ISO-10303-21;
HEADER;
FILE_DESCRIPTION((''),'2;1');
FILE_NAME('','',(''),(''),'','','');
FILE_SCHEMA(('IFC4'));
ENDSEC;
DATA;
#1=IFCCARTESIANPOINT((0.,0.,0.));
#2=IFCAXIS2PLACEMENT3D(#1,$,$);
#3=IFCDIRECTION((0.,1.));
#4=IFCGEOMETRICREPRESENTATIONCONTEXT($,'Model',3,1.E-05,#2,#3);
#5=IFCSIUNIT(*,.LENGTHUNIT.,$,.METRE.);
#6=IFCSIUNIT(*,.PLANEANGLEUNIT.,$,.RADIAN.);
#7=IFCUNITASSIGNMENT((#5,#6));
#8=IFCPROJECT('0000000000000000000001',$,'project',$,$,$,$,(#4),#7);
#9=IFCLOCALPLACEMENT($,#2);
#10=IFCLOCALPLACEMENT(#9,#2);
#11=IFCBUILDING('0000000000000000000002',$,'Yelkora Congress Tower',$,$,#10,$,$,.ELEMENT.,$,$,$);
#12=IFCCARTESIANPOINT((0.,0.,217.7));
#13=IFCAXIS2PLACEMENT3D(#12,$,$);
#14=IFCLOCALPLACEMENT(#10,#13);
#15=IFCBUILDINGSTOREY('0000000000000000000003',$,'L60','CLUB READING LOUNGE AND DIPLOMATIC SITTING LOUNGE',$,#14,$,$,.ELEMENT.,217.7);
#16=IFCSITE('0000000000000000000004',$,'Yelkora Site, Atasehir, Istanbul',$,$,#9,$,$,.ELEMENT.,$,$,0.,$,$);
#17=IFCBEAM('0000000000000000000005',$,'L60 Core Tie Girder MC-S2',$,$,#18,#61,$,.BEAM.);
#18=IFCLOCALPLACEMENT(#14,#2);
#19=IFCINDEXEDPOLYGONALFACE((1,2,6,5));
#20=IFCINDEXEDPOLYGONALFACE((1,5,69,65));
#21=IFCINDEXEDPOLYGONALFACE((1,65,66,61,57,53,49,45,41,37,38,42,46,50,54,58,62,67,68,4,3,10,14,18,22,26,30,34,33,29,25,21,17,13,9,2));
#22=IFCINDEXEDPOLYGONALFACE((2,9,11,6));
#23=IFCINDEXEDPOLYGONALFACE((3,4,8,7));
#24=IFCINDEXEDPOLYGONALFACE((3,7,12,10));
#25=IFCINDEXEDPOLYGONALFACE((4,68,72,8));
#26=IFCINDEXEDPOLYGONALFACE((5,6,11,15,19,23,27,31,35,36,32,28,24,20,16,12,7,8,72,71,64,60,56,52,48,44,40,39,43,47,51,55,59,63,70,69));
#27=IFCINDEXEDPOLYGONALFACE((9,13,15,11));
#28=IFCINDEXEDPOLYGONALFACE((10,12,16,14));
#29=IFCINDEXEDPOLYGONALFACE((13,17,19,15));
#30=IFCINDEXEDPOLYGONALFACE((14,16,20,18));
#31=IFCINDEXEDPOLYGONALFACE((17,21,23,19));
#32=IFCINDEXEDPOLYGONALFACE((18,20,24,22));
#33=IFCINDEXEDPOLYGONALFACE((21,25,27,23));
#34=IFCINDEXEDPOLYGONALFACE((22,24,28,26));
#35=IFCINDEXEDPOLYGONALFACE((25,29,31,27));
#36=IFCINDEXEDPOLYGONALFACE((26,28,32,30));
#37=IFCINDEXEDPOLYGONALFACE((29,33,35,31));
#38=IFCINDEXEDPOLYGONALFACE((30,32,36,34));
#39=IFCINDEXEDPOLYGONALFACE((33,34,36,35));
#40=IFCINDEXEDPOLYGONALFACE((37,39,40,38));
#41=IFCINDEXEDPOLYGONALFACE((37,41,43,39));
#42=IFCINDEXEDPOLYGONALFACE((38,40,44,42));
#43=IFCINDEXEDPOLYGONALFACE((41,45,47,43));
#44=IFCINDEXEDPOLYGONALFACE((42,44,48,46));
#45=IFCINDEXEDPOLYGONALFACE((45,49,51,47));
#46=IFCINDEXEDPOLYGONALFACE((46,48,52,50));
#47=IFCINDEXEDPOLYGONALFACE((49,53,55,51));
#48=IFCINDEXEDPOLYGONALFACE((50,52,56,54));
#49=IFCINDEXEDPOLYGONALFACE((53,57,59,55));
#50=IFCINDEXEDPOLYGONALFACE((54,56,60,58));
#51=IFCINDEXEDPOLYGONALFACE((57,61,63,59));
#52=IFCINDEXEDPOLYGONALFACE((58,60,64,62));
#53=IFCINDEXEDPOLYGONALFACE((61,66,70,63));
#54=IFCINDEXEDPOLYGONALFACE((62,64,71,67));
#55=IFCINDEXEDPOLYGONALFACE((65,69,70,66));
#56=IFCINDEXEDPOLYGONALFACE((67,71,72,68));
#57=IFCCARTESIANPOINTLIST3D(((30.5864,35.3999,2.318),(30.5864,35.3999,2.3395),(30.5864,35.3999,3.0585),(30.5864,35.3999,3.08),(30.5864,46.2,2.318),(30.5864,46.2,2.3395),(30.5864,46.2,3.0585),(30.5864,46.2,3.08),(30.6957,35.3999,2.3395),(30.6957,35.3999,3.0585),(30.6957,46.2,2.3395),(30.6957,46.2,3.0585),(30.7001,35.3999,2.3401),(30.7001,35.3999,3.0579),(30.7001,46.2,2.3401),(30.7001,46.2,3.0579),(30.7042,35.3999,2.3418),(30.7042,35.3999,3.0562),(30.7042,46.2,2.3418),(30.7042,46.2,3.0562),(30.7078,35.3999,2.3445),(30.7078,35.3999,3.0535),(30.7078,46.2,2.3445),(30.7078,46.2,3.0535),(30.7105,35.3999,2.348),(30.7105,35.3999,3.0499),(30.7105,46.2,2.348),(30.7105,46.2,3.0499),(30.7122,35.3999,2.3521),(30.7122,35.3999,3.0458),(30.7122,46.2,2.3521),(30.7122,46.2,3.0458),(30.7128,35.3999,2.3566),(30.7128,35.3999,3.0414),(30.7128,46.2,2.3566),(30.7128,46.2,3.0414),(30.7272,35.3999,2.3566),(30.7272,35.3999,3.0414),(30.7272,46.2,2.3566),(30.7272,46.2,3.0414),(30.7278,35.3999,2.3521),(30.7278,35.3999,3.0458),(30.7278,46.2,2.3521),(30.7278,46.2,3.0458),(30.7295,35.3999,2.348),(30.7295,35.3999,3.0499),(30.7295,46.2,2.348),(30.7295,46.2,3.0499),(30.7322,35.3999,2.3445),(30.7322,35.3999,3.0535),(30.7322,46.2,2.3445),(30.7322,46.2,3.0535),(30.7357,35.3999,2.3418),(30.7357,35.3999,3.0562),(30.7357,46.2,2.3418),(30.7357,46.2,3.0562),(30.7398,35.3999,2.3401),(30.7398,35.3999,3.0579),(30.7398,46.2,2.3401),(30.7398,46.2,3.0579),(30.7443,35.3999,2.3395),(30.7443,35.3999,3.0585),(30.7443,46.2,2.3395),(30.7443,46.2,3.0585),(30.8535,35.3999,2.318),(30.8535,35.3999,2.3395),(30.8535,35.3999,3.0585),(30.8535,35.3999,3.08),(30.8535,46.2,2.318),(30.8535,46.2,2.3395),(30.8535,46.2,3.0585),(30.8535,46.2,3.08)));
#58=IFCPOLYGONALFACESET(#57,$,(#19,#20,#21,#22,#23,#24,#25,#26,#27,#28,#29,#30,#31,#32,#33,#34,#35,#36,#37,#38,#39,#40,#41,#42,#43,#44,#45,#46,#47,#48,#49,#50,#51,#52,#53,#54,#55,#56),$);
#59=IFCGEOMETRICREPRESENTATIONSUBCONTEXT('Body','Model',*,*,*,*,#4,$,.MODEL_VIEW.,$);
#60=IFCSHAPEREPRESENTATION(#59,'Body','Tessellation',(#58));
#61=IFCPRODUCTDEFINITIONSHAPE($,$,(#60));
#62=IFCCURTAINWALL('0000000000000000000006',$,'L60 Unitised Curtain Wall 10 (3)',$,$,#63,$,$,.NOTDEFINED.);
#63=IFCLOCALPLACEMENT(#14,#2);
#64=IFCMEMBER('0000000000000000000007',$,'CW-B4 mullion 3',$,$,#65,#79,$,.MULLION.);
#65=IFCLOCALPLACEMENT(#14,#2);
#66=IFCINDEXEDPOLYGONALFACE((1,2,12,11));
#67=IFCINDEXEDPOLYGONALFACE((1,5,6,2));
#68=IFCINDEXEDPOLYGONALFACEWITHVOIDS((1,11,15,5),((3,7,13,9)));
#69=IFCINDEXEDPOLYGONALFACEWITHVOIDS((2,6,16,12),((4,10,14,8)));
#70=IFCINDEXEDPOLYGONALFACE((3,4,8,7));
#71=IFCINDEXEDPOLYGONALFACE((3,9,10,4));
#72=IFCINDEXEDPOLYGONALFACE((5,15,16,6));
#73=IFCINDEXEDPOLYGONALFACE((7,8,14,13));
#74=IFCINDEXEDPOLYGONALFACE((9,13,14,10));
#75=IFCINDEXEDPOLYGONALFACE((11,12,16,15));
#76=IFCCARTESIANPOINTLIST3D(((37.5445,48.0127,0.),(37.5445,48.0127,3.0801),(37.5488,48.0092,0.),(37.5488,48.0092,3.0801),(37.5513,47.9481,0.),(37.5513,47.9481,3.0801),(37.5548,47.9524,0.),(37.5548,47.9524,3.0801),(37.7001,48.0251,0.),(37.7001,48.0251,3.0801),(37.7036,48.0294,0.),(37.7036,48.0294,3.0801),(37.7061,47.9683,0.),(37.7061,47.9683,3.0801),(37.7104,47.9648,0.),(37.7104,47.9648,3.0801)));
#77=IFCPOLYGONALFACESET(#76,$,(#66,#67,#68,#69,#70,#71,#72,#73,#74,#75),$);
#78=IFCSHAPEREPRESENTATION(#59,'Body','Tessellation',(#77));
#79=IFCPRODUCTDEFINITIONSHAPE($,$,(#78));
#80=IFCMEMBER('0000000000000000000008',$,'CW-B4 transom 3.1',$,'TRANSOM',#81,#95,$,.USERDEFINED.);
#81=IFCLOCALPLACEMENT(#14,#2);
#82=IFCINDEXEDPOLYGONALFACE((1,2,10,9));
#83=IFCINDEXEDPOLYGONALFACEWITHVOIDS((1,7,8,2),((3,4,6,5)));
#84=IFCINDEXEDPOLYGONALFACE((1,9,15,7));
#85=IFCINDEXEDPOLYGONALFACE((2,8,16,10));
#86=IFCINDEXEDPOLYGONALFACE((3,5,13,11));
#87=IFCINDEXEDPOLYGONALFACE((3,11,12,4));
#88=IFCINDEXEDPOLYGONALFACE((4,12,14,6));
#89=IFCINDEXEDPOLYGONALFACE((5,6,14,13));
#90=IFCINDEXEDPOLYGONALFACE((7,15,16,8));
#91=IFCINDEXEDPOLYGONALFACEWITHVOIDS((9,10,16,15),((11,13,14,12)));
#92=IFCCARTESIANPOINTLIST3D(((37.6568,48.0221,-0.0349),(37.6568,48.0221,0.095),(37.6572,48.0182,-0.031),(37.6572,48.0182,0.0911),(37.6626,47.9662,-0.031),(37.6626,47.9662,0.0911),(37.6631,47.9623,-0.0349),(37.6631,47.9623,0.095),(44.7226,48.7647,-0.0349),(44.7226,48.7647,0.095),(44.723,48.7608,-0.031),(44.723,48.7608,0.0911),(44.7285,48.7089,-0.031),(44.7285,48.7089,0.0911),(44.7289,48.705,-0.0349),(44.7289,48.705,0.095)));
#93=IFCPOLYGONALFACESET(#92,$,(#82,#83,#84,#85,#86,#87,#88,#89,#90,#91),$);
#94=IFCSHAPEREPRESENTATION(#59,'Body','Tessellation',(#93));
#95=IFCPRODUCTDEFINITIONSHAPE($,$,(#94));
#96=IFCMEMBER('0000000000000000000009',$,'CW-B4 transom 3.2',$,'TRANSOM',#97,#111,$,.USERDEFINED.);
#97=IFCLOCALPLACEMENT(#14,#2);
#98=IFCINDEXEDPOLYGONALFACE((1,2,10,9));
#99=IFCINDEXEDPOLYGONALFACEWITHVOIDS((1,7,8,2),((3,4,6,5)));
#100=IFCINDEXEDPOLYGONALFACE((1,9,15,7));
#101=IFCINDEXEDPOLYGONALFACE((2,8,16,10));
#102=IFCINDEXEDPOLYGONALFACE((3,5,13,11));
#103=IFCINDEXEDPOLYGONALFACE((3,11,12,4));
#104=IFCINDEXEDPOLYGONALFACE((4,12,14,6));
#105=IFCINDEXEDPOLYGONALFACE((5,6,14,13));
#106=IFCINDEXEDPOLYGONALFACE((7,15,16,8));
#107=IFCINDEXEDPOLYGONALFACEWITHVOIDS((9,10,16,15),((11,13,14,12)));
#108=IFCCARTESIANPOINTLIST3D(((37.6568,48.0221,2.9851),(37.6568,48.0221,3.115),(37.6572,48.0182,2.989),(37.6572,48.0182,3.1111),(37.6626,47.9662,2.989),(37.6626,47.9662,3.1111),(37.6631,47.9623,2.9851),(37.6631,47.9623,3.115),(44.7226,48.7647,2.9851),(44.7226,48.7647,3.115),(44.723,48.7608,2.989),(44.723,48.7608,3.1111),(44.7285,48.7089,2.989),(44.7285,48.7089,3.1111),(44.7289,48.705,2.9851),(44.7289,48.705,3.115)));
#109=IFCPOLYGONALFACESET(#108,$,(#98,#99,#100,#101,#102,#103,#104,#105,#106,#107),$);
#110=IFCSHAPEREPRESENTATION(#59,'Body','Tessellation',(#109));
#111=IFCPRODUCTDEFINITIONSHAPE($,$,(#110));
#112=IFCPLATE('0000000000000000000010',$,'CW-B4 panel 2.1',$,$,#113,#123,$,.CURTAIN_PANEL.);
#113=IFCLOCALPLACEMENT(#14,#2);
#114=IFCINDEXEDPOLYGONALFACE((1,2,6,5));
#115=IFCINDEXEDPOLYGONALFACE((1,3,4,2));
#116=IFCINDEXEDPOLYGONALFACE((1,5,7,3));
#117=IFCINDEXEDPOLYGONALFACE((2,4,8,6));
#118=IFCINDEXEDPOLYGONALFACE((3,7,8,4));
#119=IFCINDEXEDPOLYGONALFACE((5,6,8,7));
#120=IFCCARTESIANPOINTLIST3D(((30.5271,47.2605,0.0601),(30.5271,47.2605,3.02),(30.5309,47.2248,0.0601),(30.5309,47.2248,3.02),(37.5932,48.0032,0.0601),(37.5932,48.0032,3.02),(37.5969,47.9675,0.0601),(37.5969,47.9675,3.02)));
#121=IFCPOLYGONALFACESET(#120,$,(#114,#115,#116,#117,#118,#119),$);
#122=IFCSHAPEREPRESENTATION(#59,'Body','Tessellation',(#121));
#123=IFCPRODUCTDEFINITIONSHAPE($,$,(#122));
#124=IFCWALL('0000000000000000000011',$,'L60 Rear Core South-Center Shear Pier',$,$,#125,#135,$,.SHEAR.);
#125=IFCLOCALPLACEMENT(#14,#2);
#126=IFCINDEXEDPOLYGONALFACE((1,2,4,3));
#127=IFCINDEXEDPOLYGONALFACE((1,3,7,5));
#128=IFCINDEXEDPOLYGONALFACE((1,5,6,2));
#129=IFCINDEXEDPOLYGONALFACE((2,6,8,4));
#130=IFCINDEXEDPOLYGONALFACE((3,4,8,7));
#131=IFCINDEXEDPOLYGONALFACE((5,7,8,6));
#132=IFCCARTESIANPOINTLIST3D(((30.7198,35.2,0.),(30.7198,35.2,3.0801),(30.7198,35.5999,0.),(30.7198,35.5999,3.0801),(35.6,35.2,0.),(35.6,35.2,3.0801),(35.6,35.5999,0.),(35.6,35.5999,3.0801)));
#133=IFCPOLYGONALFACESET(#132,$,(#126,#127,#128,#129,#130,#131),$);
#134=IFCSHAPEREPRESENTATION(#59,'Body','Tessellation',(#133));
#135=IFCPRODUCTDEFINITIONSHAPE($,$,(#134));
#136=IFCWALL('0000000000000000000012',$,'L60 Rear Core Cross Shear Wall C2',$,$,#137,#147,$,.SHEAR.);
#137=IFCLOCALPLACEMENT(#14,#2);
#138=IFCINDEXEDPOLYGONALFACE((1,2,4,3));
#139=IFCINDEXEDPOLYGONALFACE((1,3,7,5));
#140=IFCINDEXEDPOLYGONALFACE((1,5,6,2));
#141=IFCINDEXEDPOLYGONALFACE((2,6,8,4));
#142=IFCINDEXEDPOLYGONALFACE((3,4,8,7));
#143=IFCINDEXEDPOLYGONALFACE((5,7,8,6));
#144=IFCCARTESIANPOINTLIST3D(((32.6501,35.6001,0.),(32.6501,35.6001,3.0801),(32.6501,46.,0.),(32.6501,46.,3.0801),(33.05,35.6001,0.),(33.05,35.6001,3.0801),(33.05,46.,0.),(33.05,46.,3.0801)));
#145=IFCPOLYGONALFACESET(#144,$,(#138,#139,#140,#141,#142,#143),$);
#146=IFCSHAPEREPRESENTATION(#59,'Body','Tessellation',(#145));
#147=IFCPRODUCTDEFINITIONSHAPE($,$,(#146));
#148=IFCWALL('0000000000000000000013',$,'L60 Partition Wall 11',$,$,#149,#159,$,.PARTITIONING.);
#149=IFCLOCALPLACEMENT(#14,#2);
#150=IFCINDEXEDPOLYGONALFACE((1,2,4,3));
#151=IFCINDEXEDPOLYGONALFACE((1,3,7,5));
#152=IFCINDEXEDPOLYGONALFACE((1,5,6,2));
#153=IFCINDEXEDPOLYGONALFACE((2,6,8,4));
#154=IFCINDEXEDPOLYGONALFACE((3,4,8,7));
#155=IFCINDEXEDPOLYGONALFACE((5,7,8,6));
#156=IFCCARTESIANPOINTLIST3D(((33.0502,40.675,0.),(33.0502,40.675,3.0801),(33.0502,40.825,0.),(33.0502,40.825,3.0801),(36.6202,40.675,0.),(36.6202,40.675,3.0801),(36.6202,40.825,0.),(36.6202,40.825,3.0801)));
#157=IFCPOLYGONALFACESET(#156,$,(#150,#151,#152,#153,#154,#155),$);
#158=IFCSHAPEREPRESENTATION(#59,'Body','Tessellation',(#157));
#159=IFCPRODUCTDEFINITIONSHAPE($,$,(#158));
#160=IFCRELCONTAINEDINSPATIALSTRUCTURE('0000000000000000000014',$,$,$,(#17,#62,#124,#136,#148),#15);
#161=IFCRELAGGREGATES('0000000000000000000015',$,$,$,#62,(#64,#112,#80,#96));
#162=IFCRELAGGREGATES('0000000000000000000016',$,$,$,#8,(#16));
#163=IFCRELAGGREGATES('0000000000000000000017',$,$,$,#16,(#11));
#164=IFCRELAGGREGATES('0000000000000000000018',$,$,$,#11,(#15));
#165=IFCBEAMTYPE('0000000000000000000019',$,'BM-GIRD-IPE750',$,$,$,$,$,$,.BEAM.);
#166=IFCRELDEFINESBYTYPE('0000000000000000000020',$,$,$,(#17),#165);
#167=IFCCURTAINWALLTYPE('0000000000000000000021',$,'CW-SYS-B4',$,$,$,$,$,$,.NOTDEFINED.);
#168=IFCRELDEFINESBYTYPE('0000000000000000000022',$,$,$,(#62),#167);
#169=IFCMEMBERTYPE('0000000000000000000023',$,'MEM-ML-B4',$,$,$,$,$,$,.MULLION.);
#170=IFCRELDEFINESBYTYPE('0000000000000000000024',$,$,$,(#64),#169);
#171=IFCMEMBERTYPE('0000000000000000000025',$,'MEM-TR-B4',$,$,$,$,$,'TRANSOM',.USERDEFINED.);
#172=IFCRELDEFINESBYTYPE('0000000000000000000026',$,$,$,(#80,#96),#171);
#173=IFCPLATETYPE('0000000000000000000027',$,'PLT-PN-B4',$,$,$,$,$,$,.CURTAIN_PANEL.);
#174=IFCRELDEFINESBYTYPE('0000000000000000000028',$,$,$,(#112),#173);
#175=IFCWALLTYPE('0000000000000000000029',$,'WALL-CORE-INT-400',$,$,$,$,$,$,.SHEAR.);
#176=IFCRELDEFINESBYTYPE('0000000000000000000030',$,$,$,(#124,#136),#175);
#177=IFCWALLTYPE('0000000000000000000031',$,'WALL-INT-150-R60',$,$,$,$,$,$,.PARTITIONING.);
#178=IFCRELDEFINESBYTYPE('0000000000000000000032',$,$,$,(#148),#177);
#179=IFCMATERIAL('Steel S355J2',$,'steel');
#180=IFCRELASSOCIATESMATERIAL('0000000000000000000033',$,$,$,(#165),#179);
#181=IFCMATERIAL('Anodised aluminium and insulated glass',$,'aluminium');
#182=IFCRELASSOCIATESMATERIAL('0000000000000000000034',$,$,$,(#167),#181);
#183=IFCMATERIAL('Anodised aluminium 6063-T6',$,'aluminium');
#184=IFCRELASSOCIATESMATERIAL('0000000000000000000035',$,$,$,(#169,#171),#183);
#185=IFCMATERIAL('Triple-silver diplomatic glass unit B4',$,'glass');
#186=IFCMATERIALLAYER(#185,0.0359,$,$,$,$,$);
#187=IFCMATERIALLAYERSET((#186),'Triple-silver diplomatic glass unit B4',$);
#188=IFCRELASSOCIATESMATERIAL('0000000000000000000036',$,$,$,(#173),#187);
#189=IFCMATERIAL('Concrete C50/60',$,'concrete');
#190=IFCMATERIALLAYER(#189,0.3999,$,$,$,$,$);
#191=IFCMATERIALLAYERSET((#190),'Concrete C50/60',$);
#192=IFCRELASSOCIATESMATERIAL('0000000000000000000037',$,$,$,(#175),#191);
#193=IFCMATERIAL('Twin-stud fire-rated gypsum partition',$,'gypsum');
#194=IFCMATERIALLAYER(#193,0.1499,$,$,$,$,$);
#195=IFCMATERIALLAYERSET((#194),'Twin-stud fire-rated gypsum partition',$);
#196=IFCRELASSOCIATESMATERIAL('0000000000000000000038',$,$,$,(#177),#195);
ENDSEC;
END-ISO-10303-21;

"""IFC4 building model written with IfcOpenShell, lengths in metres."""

from ifc_helpers import new_model, si_unit, direction, frame, frame_2d, origin, origin_2d, place, context, subcontext, project, spatial, rectangle, hollow_rectangle, i_section, extrude, material, layer, layer_set, material_profile, profile_set, type_object, element, aggregate, save


model = new_model("IFC4")

# Units and contexts
model_context = context("Model", 3, precision=1e-05, world=origin(), true_north=direction((0.0, 1.0)))
body_context = subcontext(model_context, "Body", "Model", "MODEL_VIEW")
ifc_project = project(units=[si_unit("LENGTHUNIT", "METRE"), si_unit("PLANEANGLEUNIT", "RADIAN")], contexts=[model_context])

# Site, building, storey
site_placement = place(None, origin())
site = spatial("IfcSite", under=ifc_project, at=site_placement, Name="Yelkora Site, Atasehir, Istanbul", CompositionType="ELEMENT", RefElevation=0.0)
building_placement = place(site_placement, origin())
building = spatial("IfcBuilding", under=site, at=building_placement, Name="Yelkora Congress Tower", CompositionType="ELEMENT")
storey_placement = place(building_placement, frame((0.0, 0.0, 217.7)))
storey = spatial("IfcBuildingStorey", under=building, at=storey_placement, Name="L60", Description="CLUB READING LOUNGE AND DIPLOMATIC SITTING LOUNGE", CompositionType="ELEMENT", Elevation=217.7)

# Beam
ifc_material_1 = material(Name="Steel S355J2", Category="steel")
ifc_material_profile_1 = material_profile(ifc_material_1, i_section(OverallWidth=0.2671, OverallDepth=0.762, WebThickness=0.0144, FlangeThickness=0.0215, FilletRadius=0.0171, at=origin_2d()), Name="IPE 750x173")
ifc_profile_set_1 = profile_set([ifc_material_profile_1], Name="Steel S355J2")
beam_type = type_object("IfcBeamType", Name="BM-GIRD-IPE750", PredefinedType="BEAM", material=ifc_profile_set_1)
beam_1_placement = place(storey_placement, frame((30.72, 35.3999, 2.699), z_axis=(0.0, 1.0, 0.0), x_axis=(-1.0, 0.0, 0.0)))
element("IfcBeam", 1, at=beam_1_placement, inside=storey, type_object=beam_type, Name="L60 Core Tie Girder MC-S2", PredefinedType="BEAM", context=body_context, shape_type="SweptSolid", body=[
    extrude(i_section(OverallWidth=0.2671, OverallDepth=0.762, WebThickness=0.0144, FlangeThickness=0.0215, FilletRadius=0.0171, at=origin_2d()), origin(), (0.0, 0.0, 1.0), 10.8),
])

# Curtain wall, members, plate
ifc_material_2 = material(Name="Anodised aluminium and insulated glass", Category="aluminium")
curtain_wall_type = type_object("IfcCurtainWallType", Name="CW-SYS-B4", PredefinedType="NOTDEFINED", material=ifc_material_2)
curtain_wall_placement = place(storey_placement, origin())
curtain_wall = element("IfcCurtainWall", 2, at=curtain_wall_placement, inside=storey, type_object=curtain_wall_type, Name="L60 Unitised Curtain Wall 10 (3)", PredefinedType="NOTDEFINED")
ifc_material_3 = material(Name="Anodised aluminium 6063-T6", Category="aluminium")
ifc_material_profile_2 = material_profile(ifc_material_3, hollow_rectangle(XDim=0.0649, YDim=0.1599, WallThickness=0.0039, at=origin_2d()), Name="ALU 65x160x4")
ifc_profile_set_2 = profile_set([ifc_material_profile_2], Name="Anodised aluminium 6063-T6")
member_type_1 = type_object("IfcMemberType", Name="MEM-ML-B4", PredefinedType="MULLION", material=ifc_profile_set_2)
member_1_placement = place(storey_placement, frame((37.6274, 47.9888, 0.0), z_axis=(0.0, 0.0, 1.0), x_axis=(-0.104528, 0.994522, 0.0)))
member_1 = element("IfcMember", 3, at=member_1_placement, type_object=member_type_1, Name="CW-B4 mullion 3", PredefinedType="MULLION", context=body_context, shape_type="SweptSolid", body=[
    extrude(hollow_rectangle(XDim=0.0649, YDim=0.1599, WallThickness=0.0039, at=origin_2d()), origin(), (0.0, 0.0, 1.0), 3.0801),
])
ifc_material_profile_3 = material_profile(ifc_material_3, hollow_rectangle(XDim=0.0601, YDim=0.1299, WallThickness=0.0039, at=origin_2d()), Name="ALU 60x130x4")
ifc_profile_set_3 = profile_set([ifc_material_profile_3], Name="Anodised aluminium 6063-T6")
member_type_2 = type_object("IfcMemberType", Name="MEM-TR-B4", ElementType="TRANSOM", PredefinedType="USERDEFINED", material=ifc_profile_set_3)
member_2_placement = place(storey_placement, frame((37.6599, 47.9922, 0.03), z_axis=(0.994522, 0.104531, 0.0), x_axis=(-0.104531, 0.994522, 0.0)))
member_2 = element("IfcMember", 4, at=member_2_placement, type_object=member_type_2, Name="CW-B4 transom 3.1", ObjectType="TRANSOM", PredefinedType="USERDEFINED", context=body_context, shape_type="SweptSolid", body=[
    extrude(hollow_rectangle(XDim=0.0601, YDim=0.1299, WallThickness=0.0039, at=origin_2d()), origin(), (0.0, 0.0, 1.0), 7.1047),
])
member_3_placement = place(storey_placement, frame((37.6599, 47.9922, 3.05), z_axis=(0.994522, 0.104531, 0.0), x_axis=(-0.104531, 0.994522, 0.0)))
member_3 = element("IfcMember", 5, at=member_3_placement, type_object=member_type_2, Name="CW-B4 transom 3.2", ObjectType="TRANSOM", PredefinedType="USERDEFINED", context=body_context, shape_type="SweptSolid", body=[
    extrude(hollow_rectangle(XDim=0.0601, YDim=0.1299, WallThickness=0.0039, at=origin_2d()), origin(), (0.0, 0.0, 1.0), 7.1047),
])
ifc_material_4 = material(Name="Triple-silver diplomatic glass unit B4", Category="glass")
ifc_layer_1 = layer(ifc_material_4, 0.0359)
ifc_layer_set_1 = layer_set([ifc_layer_1], Name="Triple-silver diplomatic glass unit B4")
plate_type = type_object("IfcPlateType", Name="PLT-PN-B4", PredefinedType="CURTAIN_PANEL", material=ifc_layer_set_1)
plate_placement = place(storey_placement, frame((34.062, 47.614, 0.0601), z_axis=(0.0, 0.0, 1.0), x_axis=(0.994522, 0.104528, 0.0)))
plate = element("IfcPlate", 6, at=plate_placement, type_object=plate_type, Name="CW-B4 panel 2.1", PredefinedType="CURTAIN_PANEL", context=body_context, shape_type="SweptSolid", body=[
    extrude(rectangle(XDim=7.105, YDim=0.0359, at=origin_2d()), origin(), (0.0, 0.0, 1.0), 2.96),
])
aggregate(curtain_wall, [member_1, plate, member_2, member_3])

# Walls
ifc_material_5 = material(Name="Concrete C50/60", Category="concrete")
ifc_layer_2 = layer(ifc_material_5, 0.3999)
ifc_layer_set_2 = layer_set([ifc_layer_2], Name="Concrete C50/60")
wall_type_1 = type_object("IfcWallType", Name="WALL-CORE-INT-400", PredefinedType="SHEAR", material=ifc_layer_set_2)
wall_1_placement = place(storey_placement, frame((30.72, 35.3999, 0.0), z_axis=(0.0, 0.0, 1.0), x_axis=(1.0, 0.0, 0.0)))
element("IfcWall", 7, at=wall_1_placement, inside=storey, type_object=wall_type_1, Name="L60 Rear Core South-Center Shear Pier", PredefinedType="SHEAR", context=body_context, shape_type="SweptSolid", body=[
    extrude(rectangle(XDim=4.8801, YDim=0.3999, at=frame_2d((2.4399, 0.0))), origin(), (0.0, 0.0, 1.0), 3.0801),
])
wall_2_placement = place(storey_placement, frame((32.8501, 35.6001, 0.0), z_axis=(0.0, 0.0, 1.0), x_axis=(0.0, 1.0, 0.0)))
element("IfcWall", 8, at=wall_2_placement, inside=storey, type_object=wall_type_1, Name="L60 Rear Core Cross Shear Wall C2", PredefinedType="SHEAR", context=body_context, shape_type="SweptSolid", body=[
    extrude(rectangle(XDim=10.3999, YDim=0.3999, at=frame_2d((5.2, 0.0))), origin(), (0.0, 0.0, 1.0), 3.0801),
])
ifc_material_6 = material(Name="Twin-stud fire-rated gypsum partition", Category="gypsum")
ifc_layer_3 = layer(ifc_material_6, 0.1499)
ifc_layer_set_3 = layer_set([ifc_layer_3], Name="Twin-stud fire-rated gypsum partition")
wall_type_2 = type_object("IfcWallType", Name="WALL-INT-150-R60", PredefinedType="PARTITIONING", material=ifc_layer_set_3)
wall_3_placement = place(storey_placement, frame((33.05, 40.75, 0.0), z_axis=(0.0, 0.0, 1.0), x_axis=(1.0, 0.0, 0.0)))
element("IfcWall", 9, at=wall_3_placement, inside=storey, type_object=wall_type_2, Name="L60 Partition Wall 11", PredefinedType="PARTITIONING", context=body_context, shape_type="SweptSolid", body=[
    extrude(rectangle(XDim=3.5701, YDim=0.1499, at=frame_2d((1.7852, 0.0))), origin(), (0.0, 0.0, 1.0), 3.0801),
])

save(model, "model.ifc")
